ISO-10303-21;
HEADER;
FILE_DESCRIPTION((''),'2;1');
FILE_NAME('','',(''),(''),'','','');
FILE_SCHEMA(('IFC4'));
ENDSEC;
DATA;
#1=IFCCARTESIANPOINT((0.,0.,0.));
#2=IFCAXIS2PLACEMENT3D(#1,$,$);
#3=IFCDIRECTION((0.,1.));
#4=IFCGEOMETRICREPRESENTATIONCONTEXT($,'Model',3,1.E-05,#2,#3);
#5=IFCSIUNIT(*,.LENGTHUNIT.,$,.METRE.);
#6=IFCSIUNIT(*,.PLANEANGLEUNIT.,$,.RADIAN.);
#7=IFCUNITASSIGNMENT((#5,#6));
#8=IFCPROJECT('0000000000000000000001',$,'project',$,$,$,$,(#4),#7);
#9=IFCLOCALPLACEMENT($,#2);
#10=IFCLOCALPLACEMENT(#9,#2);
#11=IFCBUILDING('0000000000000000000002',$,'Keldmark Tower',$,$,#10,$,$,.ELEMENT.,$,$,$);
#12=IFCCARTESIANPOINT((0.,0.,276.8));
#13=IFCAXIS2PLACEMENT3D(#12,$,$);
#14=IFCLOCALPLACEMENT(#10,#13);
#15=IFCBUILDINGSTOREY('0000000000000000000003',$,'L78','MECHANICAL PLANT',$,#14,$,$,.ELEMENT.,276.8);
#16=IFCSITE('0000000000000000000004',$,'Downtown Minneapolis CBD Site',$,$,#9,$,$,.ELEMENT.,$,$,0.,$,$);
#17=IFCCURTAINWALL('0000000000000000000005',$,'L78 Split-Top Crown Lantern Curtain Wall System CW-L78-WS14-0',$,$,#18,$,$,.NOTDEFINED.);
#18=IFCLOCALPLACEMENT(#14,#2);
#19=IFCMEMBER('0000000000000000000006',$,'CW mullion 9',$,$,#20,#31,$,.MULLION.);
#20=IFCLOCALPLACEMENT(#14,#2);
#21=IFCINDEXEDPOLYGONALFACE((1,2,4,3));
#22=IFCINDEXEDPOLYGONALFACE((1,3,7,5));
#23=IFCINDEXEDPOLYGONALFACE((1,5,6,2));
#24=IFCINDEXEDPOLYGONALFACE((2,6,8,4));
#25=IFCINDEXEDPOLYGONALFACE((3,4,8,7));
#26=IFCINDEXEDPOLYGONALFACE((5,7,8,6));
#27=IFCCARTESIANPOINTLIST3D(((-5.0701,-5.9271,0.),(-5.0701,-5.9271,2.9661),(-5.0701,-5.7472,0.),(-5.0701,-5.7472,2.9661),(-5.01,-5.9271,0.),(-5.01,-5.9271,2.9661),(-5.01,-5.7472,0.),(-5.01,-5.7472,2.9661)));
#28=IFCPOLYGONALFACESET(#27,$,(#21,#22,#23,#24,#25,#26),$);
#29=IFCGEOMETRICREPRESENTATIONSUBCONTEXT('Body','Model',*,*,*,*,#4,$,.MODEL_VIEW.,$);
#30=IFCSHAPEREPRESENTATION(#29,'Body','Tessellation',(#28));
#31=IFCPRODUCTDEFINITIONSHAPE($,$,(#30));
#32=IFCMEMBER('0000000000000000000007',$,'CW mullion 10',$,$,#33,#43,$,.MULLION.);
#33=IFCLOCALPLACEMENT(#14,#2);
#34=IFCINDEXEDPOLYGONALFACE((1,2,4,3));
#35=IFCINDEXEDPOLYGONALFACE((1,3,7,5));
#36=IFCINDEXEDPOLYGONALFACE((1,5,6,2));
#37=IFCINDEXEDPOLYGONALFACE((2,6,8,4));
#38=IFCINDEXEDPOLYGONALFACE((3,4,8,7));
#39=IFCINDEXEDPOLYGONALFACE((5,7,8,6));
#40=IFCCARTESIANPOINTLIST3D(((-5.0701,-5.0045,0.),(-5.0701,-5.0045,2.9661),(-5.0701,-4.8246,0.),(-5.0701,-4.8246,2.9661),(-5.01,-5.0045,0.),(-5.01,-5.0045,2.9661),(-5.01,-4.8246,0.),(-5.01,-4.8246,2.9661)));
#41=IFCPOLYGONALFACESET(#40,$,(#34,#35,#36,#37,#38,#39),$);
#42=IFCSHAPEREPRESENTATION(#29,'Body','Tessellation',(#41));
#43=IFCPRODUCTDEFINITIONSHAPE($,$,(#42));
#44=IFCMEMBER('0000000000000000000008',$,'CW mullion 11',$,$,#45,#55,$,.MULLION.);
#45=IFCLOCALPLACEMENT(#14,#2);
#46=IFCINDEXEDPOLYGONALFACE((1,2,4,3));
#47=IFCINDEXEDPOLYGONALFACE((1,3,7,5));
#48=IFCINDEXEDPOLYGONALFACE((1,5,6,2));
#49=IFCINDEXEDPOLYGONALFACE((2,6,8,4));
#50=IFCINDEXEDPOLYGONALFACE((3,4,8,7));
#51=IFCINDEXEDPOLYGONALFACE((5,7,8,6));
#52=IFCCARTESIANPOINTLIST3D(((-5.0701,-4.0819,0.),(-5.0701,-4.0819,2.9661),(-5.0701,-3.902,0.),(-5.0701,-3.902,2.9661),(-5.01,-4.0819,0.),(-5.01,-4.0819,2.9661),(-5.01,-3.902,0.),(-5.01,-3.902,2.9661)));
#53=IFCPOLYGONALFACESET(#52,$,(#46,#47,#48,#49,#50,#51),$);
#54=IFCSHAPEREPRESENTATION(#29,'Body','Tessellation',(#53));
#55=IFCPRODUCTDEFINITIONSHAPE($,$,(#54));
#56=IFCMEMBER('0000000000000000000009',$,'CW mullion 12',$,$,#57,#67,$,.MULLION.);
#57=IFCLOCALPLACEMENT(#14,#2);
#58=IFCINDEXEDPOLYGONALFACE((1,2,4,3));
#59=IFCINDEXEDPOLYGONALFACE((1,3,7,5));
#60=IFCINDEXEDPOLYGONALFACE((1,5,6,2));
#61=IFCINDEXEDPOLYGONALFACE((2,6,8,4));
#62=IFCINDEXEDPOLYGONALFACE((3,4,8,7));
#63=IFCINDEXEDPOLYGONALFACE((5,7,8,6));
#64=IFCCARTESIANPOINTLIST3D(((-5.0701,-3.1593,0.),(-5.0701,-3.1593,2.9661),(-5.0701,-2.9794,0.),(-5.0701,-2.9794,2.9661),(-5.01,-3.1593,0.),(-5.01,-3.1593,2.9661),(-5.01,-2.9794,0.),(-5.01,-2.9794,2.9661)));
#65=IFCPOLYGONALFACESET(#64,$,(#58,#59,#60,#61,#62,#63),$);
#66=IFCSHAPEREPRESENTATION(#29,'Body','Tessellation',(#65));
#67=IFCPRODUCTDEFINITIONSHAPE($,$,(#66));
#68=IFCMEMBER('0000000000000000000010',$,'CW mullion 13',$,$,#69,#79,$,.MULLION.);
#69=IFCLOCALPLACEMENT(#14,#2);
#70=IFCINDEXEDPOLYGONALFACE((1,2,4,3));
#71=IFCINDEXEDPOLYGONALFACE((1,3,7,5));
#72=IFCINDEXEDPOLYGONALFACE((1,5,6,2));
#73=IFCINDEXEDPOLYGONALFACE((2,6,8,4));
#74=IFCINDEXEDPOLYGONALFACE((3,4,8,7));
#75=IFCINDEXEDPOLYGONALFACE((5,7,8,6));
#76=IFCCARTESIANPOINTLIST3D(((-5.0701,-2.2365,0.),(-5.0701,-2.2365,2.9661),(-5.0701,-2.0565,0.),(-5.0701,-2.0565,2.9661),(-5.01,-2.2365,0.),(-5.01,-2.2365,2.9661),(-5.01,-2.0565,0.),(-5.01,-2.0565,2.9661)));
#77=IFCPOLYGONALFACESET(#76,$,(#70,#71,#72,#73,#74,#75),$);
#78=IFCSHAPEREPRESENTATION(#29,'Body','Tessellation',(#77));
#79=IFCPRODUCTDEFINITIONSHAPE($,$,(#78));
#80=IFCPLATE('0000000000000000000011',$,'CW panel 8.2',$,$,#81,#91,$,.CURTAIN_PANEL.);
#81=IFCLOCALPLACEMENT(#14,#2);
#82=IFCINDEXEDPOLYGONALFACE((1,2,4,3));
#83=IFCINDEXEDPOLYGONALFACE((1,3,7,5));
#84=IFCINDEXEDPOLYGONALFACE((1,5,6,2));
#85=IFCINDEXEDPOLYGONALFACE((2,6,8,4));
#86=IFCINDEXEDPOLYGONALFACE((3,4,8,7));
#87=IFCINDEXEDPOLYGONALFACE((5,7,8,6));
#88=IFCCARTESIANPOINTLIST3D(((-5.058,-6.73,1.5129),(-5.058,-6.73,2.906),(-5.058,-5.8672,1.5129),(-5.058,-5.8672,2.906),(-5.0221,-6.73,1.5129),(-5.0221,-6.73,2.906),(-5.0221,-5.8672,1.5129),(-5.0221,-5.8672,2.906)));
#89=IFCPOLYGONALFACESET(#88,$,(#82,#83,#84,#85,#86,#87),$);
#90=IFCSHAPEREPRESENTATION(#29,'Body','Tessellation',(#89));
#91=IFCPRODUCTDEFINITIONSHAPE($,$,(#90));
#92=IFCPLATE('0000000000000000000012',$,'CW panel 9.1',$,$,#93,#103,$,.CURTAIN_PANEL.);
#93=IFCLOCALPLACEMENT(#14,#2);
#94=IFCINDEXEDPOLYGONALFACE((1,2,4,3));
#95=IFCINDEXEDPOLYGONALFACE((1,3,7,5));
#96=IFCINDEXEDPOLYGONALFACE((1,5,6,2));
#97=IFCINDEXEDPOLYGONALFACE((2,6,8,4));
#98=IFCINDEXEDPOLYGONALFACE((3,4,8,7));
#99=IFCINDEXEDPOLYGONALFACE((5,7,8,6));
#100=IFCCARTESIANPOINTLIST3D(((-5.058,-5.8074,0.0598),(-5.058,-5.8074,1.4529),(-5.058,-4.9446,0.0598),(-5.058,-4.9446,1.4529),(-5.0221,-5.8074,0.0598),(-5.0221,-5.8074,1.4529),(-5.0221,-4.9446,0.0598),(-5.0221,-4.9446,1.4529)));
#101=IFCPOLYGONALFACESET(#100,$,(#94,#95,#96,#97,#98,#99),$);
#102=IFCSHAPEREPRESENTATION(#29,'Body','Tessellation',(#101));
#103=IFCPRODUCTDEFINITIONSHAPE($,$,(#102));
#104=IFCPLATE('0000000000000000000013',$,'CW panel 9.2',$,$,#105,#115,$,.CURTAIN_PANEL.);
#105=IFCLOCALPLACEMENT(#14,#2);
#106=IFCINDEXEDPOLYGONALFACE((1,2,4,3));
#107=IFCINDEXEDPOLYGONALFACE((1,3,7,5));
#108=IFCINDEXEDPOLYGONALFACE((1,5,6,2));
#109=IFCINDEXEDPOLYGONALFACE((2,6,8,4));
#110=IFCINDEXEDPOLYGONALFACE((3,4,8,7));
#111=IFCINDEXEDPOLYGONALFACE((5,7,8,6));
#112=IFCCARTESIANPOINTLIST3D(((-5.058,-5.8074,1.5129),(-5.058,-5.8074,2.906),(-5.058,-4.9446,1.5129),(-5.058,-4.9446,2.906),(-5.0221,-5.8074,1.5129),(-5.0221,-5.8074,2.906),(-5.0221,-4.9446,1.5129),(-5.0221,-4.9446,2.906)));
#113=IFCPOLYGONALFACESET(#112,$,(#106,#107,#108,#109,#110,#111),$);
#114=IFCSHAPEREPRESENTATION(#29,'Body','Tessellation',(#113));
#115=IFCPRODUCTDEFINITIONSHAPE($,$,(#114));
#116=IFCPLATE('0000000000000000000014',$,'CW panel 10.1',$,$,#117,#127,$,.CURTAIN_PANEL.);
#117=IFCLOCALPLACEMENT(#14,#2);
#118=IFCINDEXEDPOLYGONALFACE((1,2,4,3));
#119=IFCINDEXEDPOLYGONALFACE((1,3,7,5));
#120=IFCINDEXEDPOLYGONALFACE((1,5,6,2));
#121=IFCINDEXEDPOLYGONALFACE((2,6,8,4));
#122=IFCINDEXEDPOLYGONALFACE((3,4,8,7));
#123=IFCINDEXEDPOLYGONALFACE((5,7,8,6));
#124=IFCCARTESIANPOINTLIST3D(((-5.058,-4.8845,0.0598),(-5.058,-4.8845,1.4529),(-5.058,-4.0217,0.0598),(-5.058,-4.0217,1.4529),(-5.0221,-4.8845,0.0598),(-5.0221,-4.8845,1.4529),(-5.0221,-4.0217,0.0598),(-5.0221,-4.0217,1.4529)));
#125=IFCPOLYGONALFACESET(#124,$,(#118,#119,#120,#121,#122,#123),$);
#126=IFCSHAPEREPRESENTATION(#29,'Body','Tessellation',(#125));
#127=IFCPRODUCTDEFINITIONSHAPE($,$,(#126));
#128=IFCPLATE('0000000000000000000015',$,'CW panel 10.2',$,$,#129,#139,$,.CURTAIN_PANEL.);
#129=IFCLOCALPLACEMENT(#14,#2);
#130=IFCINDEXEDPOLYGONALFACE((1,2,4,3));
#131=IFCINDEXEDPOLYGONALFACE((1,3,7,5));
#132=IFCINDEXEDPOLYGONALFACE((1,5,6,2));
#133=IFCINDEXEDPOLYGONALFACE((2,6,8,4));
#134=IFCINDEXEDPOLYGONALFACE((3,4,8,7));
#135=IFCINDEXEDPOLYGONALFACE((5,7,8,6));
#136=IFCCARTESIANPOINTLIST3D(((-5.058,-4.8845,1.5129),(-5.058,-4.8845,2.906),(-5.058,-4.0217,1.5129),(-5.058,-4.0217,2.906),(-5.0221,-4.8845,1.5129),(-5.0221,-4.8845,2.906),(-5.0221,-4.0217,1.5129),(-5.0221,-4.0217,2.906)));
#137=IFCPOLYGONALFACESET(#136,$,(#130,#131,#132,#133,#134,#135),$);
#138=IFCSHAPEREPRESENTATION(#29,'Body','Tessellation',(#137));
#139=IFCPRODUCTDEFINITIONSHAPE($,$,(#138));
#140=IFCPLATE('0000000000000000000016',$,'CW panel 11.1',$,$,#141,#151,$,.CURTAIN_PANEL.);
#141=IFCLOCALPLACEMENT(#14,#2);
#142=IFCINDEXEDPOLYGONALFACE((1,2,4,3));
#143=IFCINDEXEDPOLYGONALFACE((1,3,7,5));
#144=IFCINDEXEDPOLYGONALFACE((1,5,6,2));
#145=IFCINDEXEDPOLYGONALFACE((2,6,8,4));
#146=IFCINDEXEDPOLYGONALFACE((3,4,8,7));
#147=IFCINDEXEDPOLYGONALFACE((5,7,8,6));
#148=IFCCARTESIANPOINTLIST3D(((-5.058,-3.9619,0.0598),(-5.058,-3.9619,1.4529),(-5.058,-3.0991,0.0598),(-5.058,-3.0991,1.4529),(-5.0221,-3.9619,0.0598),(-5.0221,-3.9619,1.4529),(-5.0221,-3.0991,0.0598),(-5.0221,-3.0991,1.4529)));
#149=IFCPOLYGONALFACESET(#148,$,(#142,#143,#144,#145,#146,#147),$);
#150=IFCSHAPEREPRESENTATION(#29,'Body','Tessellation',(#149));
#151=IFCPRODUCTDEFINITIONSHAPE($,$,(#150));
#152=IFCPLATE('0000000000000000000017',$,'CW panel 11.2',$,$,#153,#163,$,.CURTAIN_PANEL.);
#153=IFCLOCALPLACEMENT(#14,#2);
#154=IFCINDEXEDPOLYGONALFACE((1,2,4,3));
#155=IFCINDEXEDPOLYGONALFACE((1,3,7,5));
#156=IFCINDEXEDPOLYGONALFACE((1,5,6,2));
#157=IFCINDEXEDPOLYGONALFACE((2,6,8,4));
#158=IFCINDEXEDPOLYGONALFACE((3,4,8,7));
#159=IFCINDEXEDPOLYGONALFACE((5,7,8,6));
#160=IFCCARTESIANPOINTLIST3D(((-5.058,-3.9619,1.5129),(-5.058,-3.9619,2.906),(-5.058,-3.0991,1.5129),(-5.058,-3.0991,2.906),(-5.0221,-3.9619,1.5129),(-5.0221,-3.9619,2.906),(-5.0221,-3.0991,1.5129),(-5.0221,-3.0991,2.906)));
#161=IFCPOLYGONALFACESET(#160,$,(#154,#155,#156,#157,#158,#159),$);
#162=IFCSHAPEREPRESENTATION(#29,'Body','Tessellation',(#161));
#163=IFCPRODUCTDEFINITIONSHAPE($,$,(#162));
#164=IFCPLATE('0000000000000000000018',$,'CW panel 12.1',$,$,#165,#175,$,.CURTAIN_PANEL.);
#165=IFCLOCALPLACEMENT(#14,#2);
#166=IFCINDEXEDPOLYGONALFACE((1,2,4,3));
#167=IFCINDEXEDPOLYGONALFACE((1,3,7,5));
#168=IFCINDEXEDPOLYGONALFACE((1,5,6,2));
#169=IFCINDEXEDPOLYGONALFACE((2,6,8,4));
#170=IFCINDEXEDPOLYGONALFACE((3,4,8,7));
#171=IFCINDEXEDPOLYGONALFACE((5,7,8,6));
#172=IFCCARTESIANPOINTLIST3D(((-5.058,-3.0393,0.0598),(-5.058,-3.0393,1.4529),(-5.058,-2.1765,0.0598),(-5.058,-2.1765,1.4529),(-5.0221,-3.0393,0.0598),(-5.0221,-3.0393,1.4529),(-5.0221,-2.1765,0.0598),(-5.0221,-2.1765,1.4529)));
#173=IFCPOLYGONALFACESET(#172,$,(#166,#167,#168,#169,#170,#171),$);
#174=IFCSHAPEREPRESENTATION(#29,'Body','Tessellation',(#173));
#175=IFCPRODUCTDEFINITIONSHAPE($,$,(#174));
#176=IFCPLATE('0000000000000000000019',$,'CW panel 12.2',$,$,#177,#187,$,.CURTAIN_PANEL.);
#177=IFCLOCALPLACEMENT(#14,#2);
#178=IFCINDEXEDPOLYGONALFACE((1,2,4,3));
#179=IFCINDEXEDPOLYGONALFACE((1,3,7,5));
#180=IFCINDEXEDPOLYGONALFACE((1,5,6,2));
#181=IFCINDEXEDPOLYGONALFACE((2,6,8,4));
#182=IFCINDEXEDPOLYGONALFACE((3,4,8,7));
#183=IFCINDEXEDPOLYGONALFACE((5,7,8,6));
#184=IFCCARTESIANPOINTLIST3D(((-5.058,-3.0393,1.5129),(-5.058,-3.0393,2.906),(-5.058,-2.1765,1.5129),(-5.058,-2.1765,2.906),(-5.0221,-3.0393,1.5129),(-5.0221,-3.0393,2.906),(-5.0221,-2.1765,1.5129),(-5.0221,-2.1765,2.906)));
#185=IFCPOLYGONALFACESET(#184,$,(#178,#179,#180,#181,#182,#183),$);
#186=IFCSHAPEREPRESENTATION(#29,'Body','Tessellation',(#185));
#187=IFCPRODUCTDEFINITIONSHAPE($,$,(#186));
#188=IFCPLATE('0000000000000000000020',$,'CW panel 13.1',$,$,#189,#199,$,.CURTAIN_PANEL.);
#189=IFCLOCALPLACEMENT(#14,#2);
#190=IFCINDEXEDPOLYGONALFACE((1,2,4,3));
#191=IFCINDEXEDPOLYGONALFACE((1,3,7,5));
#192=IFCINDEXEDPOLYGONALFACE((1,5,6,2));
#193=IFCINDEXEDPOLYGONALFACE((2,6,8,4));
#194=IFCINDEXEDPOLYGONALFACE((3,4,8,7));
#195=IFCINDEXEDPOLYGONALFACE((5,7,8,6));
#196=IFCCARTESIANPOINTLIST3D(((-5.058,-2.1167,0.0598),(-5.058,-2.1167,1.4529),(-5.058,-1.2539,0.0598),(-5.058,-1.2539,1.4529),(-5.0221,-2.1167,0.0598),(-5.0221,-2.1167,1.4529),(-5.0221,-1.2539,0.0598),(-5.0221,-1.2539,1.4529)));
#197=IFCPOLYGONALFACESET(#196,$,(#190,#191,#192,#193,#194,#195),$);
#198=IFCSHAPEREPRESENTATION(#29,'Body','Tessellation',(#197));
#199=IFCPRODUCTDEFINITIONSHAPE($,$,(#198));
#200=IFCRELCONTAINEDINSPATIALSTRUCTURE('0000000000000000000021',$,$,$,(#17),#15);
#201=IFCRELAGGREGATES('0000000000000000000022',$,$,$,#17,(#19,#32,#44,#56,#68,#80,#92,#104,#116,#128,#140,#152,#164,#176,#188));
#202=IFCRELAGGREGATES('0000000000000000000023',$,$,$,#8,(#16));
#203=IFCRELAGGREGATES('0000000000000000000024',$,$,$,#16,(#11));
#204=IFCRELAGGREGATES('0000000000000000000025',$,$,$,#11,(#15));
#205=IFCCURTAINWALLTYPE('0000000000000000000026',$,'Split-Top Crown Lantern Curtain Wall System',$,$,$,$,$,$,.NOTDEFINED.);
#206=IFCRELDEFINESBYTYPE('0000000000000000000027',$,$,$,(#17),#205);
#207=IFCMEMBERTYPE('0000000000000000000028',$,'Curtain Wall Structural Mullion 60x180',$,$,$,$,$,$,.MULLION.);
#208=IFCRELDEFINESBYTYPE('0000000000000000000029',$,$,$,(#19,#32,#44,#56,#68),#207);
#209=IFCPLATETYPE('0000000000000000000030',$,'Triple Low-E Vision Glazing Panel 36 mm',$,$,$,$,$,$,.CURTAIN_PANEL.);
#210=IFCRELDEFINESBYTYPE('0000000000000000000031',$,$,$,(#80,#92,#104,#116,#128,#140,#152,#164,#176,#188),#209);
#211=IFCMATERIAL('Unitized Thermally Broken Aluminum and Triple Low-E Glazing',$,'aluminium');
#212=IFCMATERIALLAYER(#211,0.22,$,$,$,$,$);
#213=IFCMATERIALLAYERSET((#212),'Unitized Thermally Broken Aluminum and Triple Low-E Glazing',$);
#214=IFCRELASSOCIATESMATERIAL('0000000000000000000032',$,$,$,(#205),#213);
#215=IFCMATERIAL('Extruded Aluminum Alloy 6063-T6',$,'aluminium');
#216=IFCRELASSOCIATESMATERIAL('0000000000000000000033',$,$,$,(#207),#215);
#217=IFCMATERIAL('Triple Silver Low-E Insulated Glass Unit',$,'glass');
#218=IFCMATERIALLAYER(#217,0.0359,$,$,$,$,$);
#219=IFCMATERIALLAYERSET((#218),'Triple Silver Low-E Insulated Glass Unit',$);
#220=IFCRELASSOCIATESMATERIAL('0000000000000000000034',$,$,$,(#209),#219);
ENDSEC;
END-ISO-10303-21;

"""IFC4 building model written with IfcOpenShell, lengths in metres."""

from ifc_helpers import new_model, si_unit, direction, frame, origin, origin_2d, place, context, subcontext, project, spatial, rectangle, extrude, material, layer, layer_set, material_profile, profile_set, type_object, element, aggregate, save


model = new_model("IFC4")

# Units and contexts
model_context = context("Model", 3, precision=1e-05, world=origin(), true_north=direction((0.0, 1.0)))
body_context = subcontext(model_context, "Body", "Model", "MODEL_VIEW")
ifc_project = project(units=[si_unit("LENGTHUNIT", "METRE"), si_unit("PLANEANGLEUNIT", "RADIAN")], contexts=[model_context])

# Site, building, storey
site_placement = place(None, origin())
site = spatial("IfcSite", under=ifc_project, at=site_placement, Name="Downtown Minneapolis CBD Site", CompositionType="ELEMENT", RefElevation=0.0)
building_placement = place(site_placement, origin())
building = spatial("IfcBuilding", under=site, at=building_placement, Name="Keldmark Tower", CompositionType="ELEMENT")
storey_placement = place(building_placement, frame((0.0, 0.0, 276.8)))
storey = spatial("IfcBuildingStorey", under=building, at=storey_placement, Name="L78", Description="MECHANICAL PLANT", CompositionType="ELEMENT", Elevation=276.8)

# Curtain wall, members, plates
ifc_material_1 = material(Name="Unitized Thermally Broken Aluminum and Triple Low-E Glazing", Category="aluminium")
ifc_layer_1 = layer(ifc_material_1, 0.22)
ifc_layer_set_1 = layer_set([ifc_layer_1], Name="Unitized Thermally Broken Aluminum and Triple Low-E Glazing")
curtain_wall_type = type_object("IfcCurtainWallType", Name="Split-Top Crown Lantern Curtain Wall System", PredefinedType="NOTDEFINED", material=ifc_layer_set_1)
curtain_wall_placement = place(storey_placement, origin())
curtain_wall = element("IfcCurtainWall", 1, at=curtain_wall_placement, inside=storey, type_object=curtain_wall_type, Name="L78 Split-Top Crown Lantern Curtain Wall System CW-L78-WS14-0", PredefinedType="NOTDEFINED")
ifc_material_2 = material(Name="Extruded Aluminum Alloy 6063-T6", Category="aluminium")
ifc_material_profile_1 = material_profile(ifc_material_2, rectangle(XDim=0.0601, YDim=0.1799, at=origin_2d()), Name="CWM60X180")
ifc_profile_set_1 = profile_set([ifc_material_profile_1], Name="Extruded Aluminum Alloy 6063-T6")
member_type_1 = type_object("IfcMemberType", Name="Curtain Wall Structural Mullion 60x180", PredefinedType="MULLION", material=ifc_profile_set_1)
member_1_placement = place(storey_placement, frame((-5.04, -5.8372, 0.0), z_axis=(0.0, 0.0, 1.0), x_axis=(-1.0, 0.0, 0.0)))
member_1 = element("IfcMember", 2, at=member_1_placement, type_object=member_type_1, Name="CW mullion 9", PredefinedType="MULLION", context=body_context, shape_type="SweptSolid", body=[
    extrude(rectangle(XDim=0.0601, YDim=0.1799, at=origin_2d()), origin(), (0.0, 0.0, 1.0), 2.9661),
])
member_2_placement = place(storey_placement, frame((-5.04, -4.9146, 0.0), z_axis=(0.0, 0.0, 1.0), x_axis=(-1.0, 0.0, 0.0)))
member_2 = element("IfcMember", 3, at=member_2_placement, type_object=member_type_1, Name="CW mullion 10", PredefinedType="MULLION", context=body_context, shape_type="SweptSolid", body=[
    extrude(rectangle(XDim=0.0601, YDim=0.1799, at=origin_2d()), origin(), (0.0, 0.0, 1.0), 2.9661),
])
member_3_placement = place(storey_placement, frame((-5.04, -3.9919, 0.0), z_axis=(0.0, 0.0, 1.0), x_axis=(-1.0, 0.0, 0.0)))
member_3 = element("IfcMember", 4, at=member_3_placement, type_object=member_type_1, Name="CW mullion 11", PredefinedType="MULLION", context=body_context, shape_type="SweptSolid", body=[
    extrude(rectangle(XDim=0.0601, YDim=0.1799, at=origin_2d()), origin(), (0.0, 0.0, 1.0), 2.9661),
])
member_4_placement = place(storey_placement, frame((-5.04, -3.0693, 0.0), z_axis=(0.0, 0.0, 1.0), x_axis=(-1.0, 0.0, 0.0)))
member_4 = element("IfcMember", 5, at=member_4_placement, type_object=member_type_1, Name="CW mullion 12", PredefinedType="MULLION", context=body_context, shape_type="SweptSolid", body=[
    extrude(rectangle(XDim=0.0601, YDim=0.1799, at=origin_2d()), origin(), (0.0, 0.0, 1.0), 2.9661),
])
member_5_placement = place(storey_placement, frame((-5.04, -2.1465, 0.0), z_axis=(0.0, 0.0, 1.0), x_axis=(-1.0, 0.0, 0.0)))
member_5 = element("IfcMember", 6, at=member_5_placement, type_object=member_type_1, Name="CW mullion 13", PredefinedType="MULLION", context=body_context, shape_type="SweptSolid", body=[
    extrude(rectangle(XDim=0.0601, YDim=0.1799, at=origin_2d()), origin(), (0.0, 0.0, 1.0), 2.9661),
])
ifc_material_3 = material(Name="Triple Silver Low-E Insulated Glass Unit", Category="glass")
ifc_layer_2 = layer(ifc_material_3, 0.0359)
ifc_layer_set_2 = layer_set([ifc_layer_2], Name="Triple Silver Low-E Insulated Glass Unit")
plate_type = type_object("IfcPlateType", Name="Triple Low-E Vision Glazing Panel 36 mm", PredefinedType="CURTAIN_PANEL", material=ifc_layer_set_2)
plate_1_placement = place(storey_placement, frame((-5.04, -6.2986, 1.5129), z_axis=(0.0, 0.0, 1.0), x_axis=(0.0, 1.0, 0.0)))
plate_1 = element("IfcPlate", 7, at=plate_1_placement, type_object=plate_type, Name="CW panel 8.2", PredefinedType="CURTAIN_PANEL", context=body_context, shape_type="SweptSolid", body=[
    extrude(rectangle(XDim=0.8628, YDim=0.0359, at=origin_2d()), origin(), (0.0, 0.0, 1.0), 1.3931),
])
plate_2_placement = place(storey_placement, frame((-5.04, -5.376, 0.0598), z_axis=(0.0, 0.0, 1.0), x_axis=(0.0, 1.0, 0.0)))
plate_2 = element("IfcPlate", 8, at=plate_2_placement, type_object=plate_type, Name="CW panel 9.1", PredefinedType="CURTAIN_PANEL", context=body_context, shape_type="SweptSolid", body=[
    extrude(rectangle(XDim=0.8628, YDim=0.0359, at=origin_2d()), origin(), (0.0, 0.0, 1.0), 1.3931),
])
plate_3_placement = place(storey_placement, frame((-5.04, -5.376, 1.5129), z_axis=(0.0, 0.0, 1.0), x_axis=(0.0, 1.0, 0.0)))
plate_3 = element("IfcPlate", 9, at=plate_3_placement, type_object=plate_type, Name="CW panel 9.2", PredefinedType="CURTAIN_PANEL", context=body_context, shape_type="SweptSolid", body=[
    extrude(rectangle(XDim=0.8628, YDim=0.0359, at=origin_2d()), origin(), (0.0, 0.0, 1.0), 1.3931),
])
plate_4_placement = place(storey_placement, frame((-5.04, -4.4531, 0.0598), z_axis=(0.0, 0.0, 1.0), x_axis=(0.0, 1.0, 0.0)))
plate_4 = element("IfcPlate", 10, at=plate_4_placement, type_object=plate_type, Name="CW panel 10.1", PredefinedType="CURTAIN_PANEL", context=body_context, shape_type="SweptSolid", body=[
    extrude(rectangle(XDim=0.8628, YDim=0.0359, at=origin_2d()), origin(), (0.0, 0.0, 1.0), 1.3931),
])
plate_5_placement = place(storey_placement, frame((-5.04, -4.4531, 1.5129), z_axis=(0.0, 0.0, 1.0), x_axis=(0.0, 1.0, 0.0)))
plate_5 = element("IfcPlate", 11, at=plate_5_placement, type_object=plate_type, Name="CW panel 10.2", PredefinedType="CURTAIN_PANEL", context=body_context, shape_type="SweptSolid", body=[
    extrude(rectangle(XDim=0.8628, YDim=0.0359, at=origin_2d()), origin(), (0.0, 0.0, 1.0), 1.3931),
])
plate_6_placement = place(storey_placement, frame((-5.04, -3.5305, 0.0598), z_axis=(0.0, 0.0, 1.0), x_axis=(0.0, 1.0, 0.0)))
plate_6 = element("IfcPlate", 12, at=plate_6_placement, type_object=plate_type, Name="CW panel 11.1", PredefinedType="CURTAIN_PANEL", context=body_context, shape_type="SweptSolid", body=[
    extrude(rectangle(XDim=0.8628, YDim=0.0359, at=origin_2d()), origin(), (0.0, 0.0, 1.0), 1.3931),
])
plate_7_placement = place(storey_placement, frame((-5.04, -3.5305, 1.5129), z_axis=(0.0, 0.0, 1.0), x_axis=(0.0, 1.0, 0.0)))
plate_7 = element("IfcPlate", 13, at=plate_7_placement, type_object=plate_type, Name="CW panel 11.2", PredefinedType="CURTAIN_PANEL", context=body_context, shape_type="SweptSolid", body=[
    extrude(rectangle(XDim=0.8628, YDim=0.0359, at=origin_2d()), origin(), (0.0, 0.0, 1.0), 1.3931),
])
plate_8_placement = place(storey_placement, frame((-5.04, -2.6079, 0.0598), z_axis=(0.0, 0.0, 1.0), x_axis=(0.0, 1.0, 0.0)))
plate_8 = element("IfcPlate", 14, at=plate_8_placement, type_object=plate_type, Name="CW panel 12.1", PredefinedType="CURTAIN_PANEL", context=body_context, shape_type="SweptSolid", body=[
    extrude(rectangle(XDim=0.8628, YDim=0.0359, at=origin_2d()), origin(), (0.0, 0.0, 1.0), 1.3931),
])
plate_9_placement = place(storey_placement, frame((-5.04, -2.6079, 1.5129), z_axis=(0.0, 0.0, 1.0), x_axis=(0.0, 1.0, 0.0)))
plate_9 = element("IfcPlate", 15, at=plate_9_placement, type_object=plate_type, Name="CW panel 12.2", PredefinedType="CURTAIN_PANEL", context=body_context, shape_type="SweptSolid", body=[
    extrude(rectangle(XDim=0.8628, YDim=0.0359, at=origin_2d()), origin(), (0.0, 0.0, 1.0), 1.3931),
])
plate_10_placement = place(storey_placement, frame((-5.04, -1.6853, 0.0598), z_axis=(0.0, 0.0, 1.0), x_axis=(0.0, 1.0, 0.0)))
plate_10 = element("IfcPlate", 16, at=plate_10_placement, type_object=plate_type, Name="CW panel 13.1", PredefinedType="CURTAIN_PANEL", context=body_context, shape_type="SweptSolid", body=[
    extrude(rectangle(XDim=0.8628, YDim=0.0359, at=origin_2d()), origin(), (0.0, 0.0, 1.0), 1.3931),
])
aggregate(curtain_wall, [member_1, member_2, member_3, member_4, member_5, plate_1, plate_2, plate_3, plate_4, plate_5, plate_6, plate_7, plate_8, plate_9, plate_10])

save(model, "model.ifc")
